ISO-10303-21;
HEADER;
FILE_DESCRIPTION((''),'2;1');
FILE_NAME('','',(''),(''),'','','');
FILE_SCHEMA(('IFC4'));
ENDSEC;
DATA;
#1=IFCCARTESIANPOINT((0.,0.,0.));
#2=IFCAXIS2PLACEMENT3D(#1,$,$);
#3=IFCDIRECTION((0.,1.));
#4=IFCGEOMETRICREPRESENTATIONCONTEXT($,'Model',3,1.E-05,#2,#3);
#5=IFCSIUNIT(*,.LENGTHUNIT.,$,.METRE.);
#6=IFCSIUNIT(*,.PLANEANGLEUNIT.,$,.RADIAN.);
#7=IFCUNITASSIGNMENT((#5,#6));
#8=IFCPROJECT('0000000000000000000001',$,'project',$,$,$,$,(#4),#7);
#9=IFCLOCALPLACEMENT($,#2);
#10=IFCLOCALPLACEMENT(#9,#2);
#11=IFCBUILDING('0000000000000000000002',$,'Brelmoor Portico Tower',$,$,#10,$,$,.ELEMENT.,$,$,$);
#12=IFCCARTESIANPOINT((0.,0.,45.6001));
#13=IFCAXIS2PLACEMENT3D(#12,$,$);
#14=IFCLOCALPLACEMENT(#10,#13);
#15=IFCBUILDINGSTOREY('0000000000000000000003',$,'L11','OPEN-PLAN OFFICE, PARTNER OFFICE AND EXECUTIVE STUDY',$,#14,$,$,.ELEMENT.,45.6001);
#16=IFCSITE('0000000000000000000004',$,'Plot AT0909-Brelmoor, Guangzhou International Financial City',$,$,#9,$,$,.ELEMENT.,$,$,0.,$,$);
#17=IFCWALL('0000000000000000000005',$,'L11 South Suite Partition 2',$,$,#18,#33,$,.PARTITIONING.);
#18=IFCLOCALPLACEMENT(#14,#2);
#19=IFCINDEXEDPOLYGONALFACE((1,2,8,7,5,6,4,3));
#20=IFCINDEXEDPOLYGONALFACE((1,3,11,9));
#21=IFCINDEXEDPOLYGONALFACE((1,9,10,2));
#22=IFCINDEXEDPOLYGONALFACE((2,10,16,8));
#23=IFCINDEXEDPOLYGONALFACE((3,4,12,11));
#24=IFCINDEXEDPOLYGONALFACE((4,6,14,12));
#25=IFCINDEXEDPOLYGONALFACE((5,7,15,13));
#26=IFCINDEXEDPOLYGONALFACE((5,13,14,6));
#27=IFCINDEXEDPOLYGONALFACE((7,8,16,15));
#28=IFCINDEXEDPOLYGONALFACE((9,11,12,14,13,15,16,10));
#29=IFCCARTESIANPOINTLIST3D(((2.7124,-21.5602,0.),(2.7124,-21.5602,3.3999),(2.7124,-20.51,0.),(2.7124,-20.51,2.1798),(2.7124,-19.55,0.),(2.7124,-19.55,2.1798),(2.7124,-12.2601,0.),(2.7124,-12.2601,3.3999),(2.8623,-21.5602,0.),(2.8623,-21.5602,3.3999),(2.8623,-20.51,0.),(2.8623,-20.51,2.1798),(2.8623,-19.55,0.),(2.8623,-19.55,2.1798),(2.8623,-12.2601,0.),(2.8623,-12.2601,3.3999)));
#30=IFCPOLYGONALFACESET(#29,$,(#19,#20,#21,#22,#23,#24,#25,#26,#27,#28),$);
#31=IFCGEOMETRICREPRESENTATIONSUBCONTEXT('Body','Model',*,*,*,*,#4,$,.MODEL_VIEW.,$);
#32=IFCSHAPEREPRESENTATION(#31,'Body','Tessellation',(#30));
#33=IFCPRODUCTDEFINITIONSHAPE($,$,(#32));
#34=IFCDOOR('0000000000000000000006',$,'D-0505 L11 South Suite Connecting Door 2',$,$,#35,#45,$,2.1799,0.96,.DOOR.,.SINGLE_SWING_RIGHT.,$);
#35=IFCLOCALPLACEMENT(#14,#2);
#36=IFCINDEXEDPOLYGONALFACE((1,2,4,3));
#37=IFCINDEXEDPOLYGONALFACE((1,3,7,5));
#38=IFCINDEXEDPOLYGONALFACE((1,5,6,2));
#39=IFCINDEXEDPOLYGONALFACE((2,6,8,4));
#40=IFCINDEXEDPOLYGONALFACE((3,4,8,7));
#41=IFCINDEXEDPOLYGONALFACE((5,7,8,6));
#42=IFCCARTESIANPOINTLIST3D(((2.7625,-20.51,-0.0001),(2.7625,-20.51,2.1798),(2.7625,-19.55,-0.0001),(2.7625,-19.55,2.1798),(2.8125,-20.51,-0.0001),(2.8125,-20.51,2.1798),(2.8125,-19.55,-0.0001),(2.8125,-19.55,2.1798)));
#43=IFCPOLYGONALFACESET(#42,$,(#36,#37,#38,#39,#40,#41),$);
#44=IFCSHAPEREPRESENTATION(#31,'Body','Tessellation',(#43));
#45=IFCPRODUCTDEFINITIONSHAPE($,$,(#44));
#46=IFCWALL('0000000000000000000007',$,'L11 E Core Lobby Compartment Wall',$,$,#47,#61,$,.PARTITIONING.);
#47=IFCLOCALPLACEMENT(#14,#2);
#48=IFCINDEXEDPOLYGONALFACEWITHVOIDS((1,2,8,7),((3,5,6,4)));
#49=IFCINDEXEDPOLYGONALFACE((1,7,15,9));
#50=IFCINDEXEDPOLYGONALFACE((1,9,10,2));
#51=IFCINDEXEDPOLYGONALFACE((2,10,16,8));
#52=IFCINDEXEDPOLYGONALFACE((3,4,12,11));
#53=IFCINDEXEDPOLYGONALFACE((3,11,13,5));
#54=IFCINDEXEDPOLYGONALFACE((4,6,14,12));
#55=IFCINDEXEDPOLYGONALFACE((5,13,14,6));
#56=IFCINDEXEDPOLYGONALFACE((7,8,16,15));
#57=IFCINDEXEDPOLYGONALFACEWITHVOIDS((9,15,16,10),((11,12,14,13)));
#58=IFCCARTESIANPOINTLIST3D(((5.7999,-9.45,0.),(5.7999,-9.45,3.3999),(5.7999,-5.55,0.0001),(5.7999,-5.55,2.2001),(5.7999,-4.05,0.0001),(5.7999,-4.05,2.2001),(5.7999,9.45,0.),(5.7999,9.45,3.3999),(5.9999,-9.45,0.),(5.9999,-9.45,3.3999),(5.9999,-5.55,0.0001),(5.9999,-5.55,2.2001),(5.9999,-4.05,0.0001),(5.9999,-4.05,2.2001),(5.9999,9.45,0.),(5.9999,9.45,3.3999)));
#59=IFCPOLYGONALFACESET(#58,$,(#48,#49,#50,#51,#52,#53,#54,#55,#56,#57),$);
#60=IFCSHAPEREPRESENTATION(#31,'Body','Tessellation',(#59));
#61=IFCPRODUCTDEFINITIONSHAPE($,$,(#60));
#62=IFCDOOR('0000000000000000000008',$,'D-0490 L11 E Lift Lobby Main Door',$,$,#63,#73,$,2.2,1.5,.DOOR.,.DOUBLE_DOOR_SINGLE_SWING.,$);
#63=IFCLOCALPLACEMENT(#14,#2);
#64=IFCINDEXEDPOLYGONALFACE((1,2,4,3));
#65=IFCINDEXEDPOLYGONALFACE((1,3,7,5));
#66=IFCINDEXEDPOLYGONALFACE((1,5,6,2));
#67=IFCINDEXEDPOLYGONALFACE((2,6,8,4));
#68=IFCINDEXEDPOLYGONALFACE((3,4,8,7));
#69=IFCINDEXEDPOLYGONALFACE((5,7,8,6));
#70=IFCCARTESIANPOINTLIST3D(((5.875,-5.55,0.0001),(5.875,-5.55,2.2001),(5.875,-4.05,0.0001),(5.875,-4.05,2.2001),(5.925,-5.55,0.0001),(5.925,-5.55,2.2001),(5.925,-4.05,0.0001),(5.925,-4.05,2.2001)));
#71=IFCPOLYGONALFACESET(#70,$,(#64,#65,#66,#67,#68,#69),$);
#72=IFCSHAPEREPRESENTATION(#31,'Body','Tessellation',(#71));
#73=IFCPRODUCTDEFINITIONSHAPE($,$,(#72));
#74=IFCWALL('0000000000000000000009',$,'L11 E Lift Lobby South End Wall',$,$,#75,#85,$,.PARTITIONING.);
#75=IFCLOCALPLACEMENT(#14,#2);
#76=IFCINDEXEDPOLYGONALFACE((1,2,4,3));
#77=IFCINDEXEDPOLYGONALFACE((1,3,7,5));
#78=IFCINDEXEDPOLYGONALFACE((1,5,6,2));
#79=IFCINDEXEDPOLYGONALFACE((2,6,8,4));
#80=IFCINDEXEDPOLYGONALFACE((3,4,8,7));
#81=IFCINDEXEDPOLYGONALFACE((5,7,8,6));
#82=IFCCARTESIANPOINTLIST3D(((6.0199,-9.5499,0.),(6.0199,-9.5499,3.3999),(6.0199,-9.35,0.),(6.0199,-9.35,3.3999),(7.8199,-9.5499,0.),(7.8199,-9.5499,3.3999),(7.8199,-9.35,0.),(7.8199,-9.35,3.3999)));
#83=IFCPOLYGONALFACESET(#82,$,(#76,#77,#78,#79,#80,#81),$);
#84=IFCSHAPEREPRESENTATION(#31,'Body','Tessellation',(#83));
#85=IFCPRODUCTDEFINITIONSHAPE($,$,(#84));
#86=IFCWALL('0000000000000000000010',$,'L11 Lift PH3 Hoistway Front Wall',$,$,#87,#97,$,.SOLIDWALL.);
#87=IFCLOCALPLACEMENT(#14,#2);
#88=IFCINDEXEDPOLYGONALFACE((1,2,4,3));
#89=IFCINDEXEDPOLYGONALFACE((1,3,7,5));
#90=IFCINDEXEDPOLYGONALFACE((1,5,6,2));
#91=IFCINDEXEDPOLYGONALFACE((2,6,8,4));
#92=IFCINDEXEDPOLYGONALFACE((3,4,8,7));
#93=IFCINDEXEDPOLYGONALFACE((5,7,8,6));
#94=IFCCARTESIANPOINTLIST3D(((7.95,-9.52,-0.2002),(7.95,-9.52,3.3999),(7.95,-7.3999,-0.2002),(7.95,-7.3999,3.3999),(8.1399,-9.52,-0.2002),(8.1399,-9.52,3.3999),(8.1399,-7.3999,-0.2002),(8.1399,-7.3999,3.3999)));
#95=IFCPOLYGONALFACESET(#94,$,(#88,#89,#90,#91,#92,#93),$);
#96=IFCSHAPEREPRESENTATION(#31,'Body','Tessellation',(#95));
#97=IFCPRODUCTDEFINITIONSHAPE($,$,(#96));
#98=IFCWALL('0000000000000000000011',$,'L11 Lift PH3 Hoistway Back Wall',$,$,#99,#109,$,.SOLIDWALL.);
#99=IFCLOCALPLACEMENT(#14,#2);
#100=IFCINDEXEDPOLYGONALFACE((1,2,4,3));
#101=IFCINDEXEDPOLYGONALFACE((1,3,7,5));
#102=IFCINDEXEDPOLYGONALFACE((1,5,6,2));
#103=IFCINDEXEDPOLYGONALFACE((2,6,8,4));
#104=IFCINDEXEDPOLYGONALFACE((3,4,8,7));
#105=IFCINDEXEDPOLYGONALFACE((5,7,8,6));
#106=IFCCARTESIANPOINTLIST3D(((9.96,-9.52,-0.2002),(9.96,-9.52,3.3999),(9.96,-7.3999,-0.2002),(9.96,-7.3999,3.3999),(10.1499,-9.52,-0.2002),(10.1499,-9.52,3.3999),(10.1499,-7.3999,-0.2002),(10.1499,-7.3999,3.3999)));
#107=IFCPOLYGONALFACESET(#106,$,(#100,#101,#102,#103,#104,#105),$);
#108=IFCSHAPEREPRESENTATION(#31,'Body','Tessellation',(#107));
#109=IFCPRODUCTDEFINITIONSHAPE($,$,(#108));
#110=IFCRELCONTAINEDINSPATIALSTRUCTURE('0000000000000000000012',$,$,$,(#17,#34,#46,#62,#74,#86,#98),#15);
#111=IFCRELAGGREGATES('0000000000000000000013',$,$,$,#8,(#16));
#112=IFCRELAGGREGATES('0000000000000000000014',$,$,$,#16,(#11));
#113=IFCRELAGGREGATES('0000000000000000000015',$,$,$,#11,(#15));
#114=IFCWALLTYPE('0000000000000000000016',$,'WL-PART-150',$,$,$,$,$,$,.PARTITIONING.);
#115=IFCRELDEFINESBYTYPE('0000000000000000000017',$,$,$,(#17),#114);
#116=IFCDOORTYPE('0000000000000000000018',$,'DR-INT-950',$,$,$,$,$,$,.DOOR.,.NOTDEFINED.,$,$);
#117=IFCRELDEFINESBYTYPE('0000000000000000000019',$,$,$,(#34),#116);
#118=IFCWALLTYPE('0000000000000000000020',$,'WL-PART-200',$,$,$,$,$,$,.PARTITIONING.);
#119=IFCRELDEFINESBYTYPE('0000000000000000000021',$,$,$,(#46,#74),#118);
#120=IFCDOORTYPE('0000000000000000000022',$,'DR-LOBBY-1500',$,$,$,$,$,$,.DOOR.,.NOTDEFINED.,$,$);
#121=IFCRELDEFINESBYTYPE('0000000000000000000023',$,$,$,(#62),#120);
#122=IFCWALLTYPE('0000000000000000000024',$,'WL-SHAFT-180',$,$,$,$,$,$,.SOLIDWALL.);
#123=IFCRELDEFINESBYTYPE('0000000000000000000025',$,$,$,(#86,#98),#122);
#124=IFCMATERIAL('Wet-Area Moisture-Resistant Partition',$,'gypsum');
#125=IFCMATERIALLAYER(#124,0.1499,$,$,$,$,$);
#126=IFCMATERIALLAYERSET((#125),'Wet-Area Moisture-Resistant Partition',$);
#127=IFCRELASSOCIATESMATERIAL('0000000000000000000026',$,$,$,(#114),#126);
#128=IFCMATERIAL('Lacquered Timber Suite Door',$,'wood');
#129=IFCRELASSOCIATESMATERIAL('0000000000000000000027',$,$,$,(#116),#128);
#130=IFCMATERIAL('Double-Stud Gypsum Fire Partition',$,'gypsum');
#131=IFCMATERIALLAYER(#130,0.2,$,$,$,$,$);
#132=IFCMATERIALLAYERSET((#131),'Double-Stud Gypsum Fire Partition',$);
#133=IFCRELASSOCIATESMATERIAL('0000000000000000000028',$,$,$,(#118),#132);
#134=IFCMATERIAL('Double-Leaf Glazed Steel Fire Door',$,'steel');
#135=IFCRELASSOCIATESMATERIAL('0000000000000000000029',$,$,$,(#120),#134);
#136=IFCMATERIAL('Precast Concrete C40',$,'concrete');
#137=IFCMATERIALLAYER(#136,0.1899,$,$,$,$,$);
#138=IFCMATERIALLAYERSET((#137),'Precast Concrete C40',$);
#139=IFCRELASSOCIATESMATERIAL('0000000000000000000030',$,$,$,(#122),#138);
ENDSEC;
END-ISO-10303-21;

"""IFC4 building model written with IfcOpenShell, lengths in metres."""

from ifc_helpers import new_model, si_unit, direction, frame, frame_2d, origin, place, context, subcontext, project, spatial, rectangle, extrude, material, layer, layer_set, type_object, element, fill, save


model = new_model("IFC4")

# Units and contexts
model_context = context("Model", 3, precision=1e-05, world=origin(), true_north=direction((0.0, 1.0)))
body_context = subcontext(model_context, "Body", "Model", "MODEL_VIEW")
ifc_project = project(units=[si_unit("LENGTHUNIT", "METRE"), si_unit("PLANEANGLEUNIT", "RADIAN")], contexts=[model_context])

# Site, building, storey
site_placement = place(None, origin())
site = spatial("IfcSite", under=ifc_project, at=site_placement, Name="Plot AT0909-Brelmoor, Guangzhou International Financial City", CompositionType="ELEMENT", RefElevation=0.0)
building_placement = place(site_placement, origin())
building = spatial("IfcBuilding", under=site, at=building_placement, Name="Brelmoor Portico Tower", CompositionType="ELEMENT")
storey_placement = place(building_placement, frame((0.0, 0.0, 45.6001)))
storey = spatial("IfcBuildingStorey", under=building, at=storey_placement, Name="L11", Description="OPEN-PLAN OFFICE, PARTNER OFFICE AND EXECUTIVE STUDY", CompositionType="ELEMENT", Elevation=45.6001)

# Shared definitions
ifc_material_1 = material(Name="Wet-Area Moisture-Resistant Partition", Category="gypsum")
ifc_layer_1 = layer(ifc_material_1, 0.1499)
ifc_layer_set_1 = layer_set([ifc_layer_1], Name="Wet-Area Moisture-Resistant Partition")
wall_type_1 = type_object("IfcWallType", Name="WL-PART-150", PredefinedType="PARTITIONING", material=ifc_layer_set_1)

# Walls, openings, doors
wall_1_placement = place(storey_placement, frame((2.7874, -21.5601, 0.0), z_axis=(0.0, 0.0, 1.0), x_axis=(0.0, 1.0, 0.0)))
wall_1 = element("IfcWall", 1, at=wall_1_placement, inside=storey, type_object=wall_type_1, Name="L11 South Suite Partition 2", PredefinedType="PARTITIONING", context=body_context, shape_type="SweptSolid", body=[
    extrude(rectangle(XDim=9.3, YDim=0.1499, at=frame_2d((4.6499, 0.0))), origin(), (0.0, 0.0, 1.0), 3.3999),
])
opening_1_placement = place(wall_1_placement, frame((1.05, 0.0, 0.0)))
opening_1 = element("IfcOpeningElement", 2, at=opening_1_placement, cuts=wall_1, PredefinedType="OPENING", context=body_context, shape_type="SweptSolid", body=[
    extrude(rectangle(XDim=0.96, YDim=2.1799, at=frame_2d((0.48, 1.0898))), frame((0.0, 0.085, 0.0), z_axis=(0.0, -1.0, 0.0), x_axis=(1.0, 0.0, 0.0)), (0.0, 0.0, 1.0), 0.1699),
])
ifc_material_2 = material(Name="Lacquered Timber Suite Door", Category="wood")
door_type_1 = type_object("IfcDoorType", Name="DR-INT-950", OperationType="NOTDEFINED", PredefinedType="DOOR", material=ifc_material_2)
door_1_placement = place(opening_1_placement, origin())
door_1 = element("IfcDoor", 3, at=door_1_placement, inside=storey, type_object=door_type_1, Name="D-0505 L11 South Suite Connecting Door 2", OperationType="SINGLE_SWING_RIGHT", OverallHeight=2.1799, OverallWidth=0.96, PredefinedType="DOOR", context=body_context, shape_type="SweptSolid", body=[
    extrude(rectangle(XDim=0.96, YDim=2.1799, at=frame_2d((0.48, 1.0898))), frame((0.0, 0.0249, 0.0), z_axis=(0.0, -1.0, 0.0), x_axis=(1.0, 0.0, 0.0)), (0.0, 0.0, 1.0), 0.05),
])
fill(opening_1, door_1)
ifc_material_3 = material(Name="Double-Stud Gypsum Fire Partition", Category="gypsum")
ifc_layer_2 = layer(ifc_material_3, 0.2)
ifc_layer_set_2 = layer_set([ifc_layer_2], Name="Double-Stud Gypsum Fire Partition")
wall_type_2 = type_object("IfcWallType", Name="WL-PART-200", PredefinedType="PARTITIONING", material=ifc_layer_set_2)
wall_2_placement = place(storey_placement, frame((5.8999, -9.45, 0.0), z_axis=(0.0, 0.0, 1.0), x_axis=(0.0, 1.0, 0.0)))
wall_2 = element("IfcWall", 4, at=wall_2_placement, inside=storey, type_object=wall_type_2, Name="L11 E Core Lobby Compartment Wall", PredefinedType="PARTITIONING", context=body_context, shape_type="SweptSolid", body=[
    extrude(rectangle(XDim=18.8999, YDim=0.2, at=frame_2d((9.45, 0.0))), origin(), (0.0, 0.0, 1.0), 3.3999),
])
opening_2_placement = place(wall_2_placement, frame((3.8999, 0.0, 0.0)))
opening_2 = element("IfcOpeningElement", 5, at=opening_2_placement, cuts=wall_2, PredefinedType="OPENING", context=body_context, shape_type="SweptSolid", body=[
    extrude(rectangle(XDim=1.5, YDim=2.2, at=frame_2d((0.75, 1.1001))), frame((0.0, 0.1099, 0.0), z_axis=(0.0, -1.0, 0.0), x_axis=(1.0, 0.0, 0.0)), (0.0, 0.0, 1.0), 0.22),
])
ifc_material_4 = material(Name="Double-Leaf Glazed Steel Fire Door", Category="steel")
door_type_2 = type_object("IfcDoorType", Name="DR-LOBBY-1500", OperationType="NOTDEFINED", PredefinedType="DOOR", material=ifc_material_4)
door_2_placement = place(opening_2_placement, origin())
door_2 = element("IfcDoor", 6, at=door_2_placement, inside=storey, type_object=door_type_2, Name="D-0490 L11 E Lift Lobby Main Door", OperationType="DOUBLE_DOOR_SINGLE_SWING", OverallHeight=2.2, OverallWidth=1.5, PredefinedType="DOOR", context=body_context, shape_type="SweptSolid", body=[
    extrude(rectangle(XDim=1.5, YDim=2.2, at=frame_2d((0.75, 1.1001))), frame((0.0, 0.0249, 0.0), z_axis=(0.0, -1.0, 0.0), x_axis=(1.0, 0.0, 0.0)), (0.0, 0.0, 1.0), 0.05),
])
fill(opening_2, door_2)

# Walls
wall_3_placement = place(storey_placement, frame((6.02, -9.45, 0.0), z_axis=(0.0, 0.0, 1.0), x_axis=(1.0, 0.0, 0.0)))
element("IfcWall", 7, at=wall_3_placement, inside=storey, type_object=wall_type_2, Name="L11 E Lift Lobby South End Wall", PredefinedType="PARTITIONING", context=body_context, shape_type="SweptSolid", body=[
    extrude(rectangle(XDim=1.8, YDim=0.2, at=frame_2d((0.8999, 0.0))), origin(), (0.0, 0.0, 1.0), 3.3999),
])
ifc_material_5 = material(Name="Precast Concrete C40", Category="concrete")
ifc_layer_3 = layer(ifc_material_5, 0.1899)
ifc_layer_set_3 = layer_set([ifc_layer_3], Name="Precast Concrete C40")
wall_type_3 = type_object("IfcWallType", Name="WL-SHAFT-180", PredefinedType="SOLIDWALL", material=ifc_layer_set_3)
for number, where, z_axis, x_axis, name in (
    (8, (8.0449, -9.52, -0.2002), (0.0, 0.0, 1.0), (0.0, 1.0, 0.0), "L11 Lift PH3 Hoistway Front Wall"),
    (9, (10.0549, -9.52, -0.2002), (0.0, 0.0, 1.0), (0.0, 1.0, 0.0), "L11 Lift PH3 Hoistway Back Wall"),
):
    element("IfcWall", number, at=place(storey_placement, frame(where, z_axis=z_axis, x_axis=x_axis)), inside=storey, type_object=wall_type_3, Name=name, PredefinedType="SOLIDWALL", context=body_context, shape_type="SweptSolid", body=[
        extrude(rectangle(XDim=2.1201, YDim=0.1899, at=frame_2d((1.0601, 0.0))), origin(), (0.0, 0.0, 1.0), 3.6001),
    ])

save(model, "model.ifc")
